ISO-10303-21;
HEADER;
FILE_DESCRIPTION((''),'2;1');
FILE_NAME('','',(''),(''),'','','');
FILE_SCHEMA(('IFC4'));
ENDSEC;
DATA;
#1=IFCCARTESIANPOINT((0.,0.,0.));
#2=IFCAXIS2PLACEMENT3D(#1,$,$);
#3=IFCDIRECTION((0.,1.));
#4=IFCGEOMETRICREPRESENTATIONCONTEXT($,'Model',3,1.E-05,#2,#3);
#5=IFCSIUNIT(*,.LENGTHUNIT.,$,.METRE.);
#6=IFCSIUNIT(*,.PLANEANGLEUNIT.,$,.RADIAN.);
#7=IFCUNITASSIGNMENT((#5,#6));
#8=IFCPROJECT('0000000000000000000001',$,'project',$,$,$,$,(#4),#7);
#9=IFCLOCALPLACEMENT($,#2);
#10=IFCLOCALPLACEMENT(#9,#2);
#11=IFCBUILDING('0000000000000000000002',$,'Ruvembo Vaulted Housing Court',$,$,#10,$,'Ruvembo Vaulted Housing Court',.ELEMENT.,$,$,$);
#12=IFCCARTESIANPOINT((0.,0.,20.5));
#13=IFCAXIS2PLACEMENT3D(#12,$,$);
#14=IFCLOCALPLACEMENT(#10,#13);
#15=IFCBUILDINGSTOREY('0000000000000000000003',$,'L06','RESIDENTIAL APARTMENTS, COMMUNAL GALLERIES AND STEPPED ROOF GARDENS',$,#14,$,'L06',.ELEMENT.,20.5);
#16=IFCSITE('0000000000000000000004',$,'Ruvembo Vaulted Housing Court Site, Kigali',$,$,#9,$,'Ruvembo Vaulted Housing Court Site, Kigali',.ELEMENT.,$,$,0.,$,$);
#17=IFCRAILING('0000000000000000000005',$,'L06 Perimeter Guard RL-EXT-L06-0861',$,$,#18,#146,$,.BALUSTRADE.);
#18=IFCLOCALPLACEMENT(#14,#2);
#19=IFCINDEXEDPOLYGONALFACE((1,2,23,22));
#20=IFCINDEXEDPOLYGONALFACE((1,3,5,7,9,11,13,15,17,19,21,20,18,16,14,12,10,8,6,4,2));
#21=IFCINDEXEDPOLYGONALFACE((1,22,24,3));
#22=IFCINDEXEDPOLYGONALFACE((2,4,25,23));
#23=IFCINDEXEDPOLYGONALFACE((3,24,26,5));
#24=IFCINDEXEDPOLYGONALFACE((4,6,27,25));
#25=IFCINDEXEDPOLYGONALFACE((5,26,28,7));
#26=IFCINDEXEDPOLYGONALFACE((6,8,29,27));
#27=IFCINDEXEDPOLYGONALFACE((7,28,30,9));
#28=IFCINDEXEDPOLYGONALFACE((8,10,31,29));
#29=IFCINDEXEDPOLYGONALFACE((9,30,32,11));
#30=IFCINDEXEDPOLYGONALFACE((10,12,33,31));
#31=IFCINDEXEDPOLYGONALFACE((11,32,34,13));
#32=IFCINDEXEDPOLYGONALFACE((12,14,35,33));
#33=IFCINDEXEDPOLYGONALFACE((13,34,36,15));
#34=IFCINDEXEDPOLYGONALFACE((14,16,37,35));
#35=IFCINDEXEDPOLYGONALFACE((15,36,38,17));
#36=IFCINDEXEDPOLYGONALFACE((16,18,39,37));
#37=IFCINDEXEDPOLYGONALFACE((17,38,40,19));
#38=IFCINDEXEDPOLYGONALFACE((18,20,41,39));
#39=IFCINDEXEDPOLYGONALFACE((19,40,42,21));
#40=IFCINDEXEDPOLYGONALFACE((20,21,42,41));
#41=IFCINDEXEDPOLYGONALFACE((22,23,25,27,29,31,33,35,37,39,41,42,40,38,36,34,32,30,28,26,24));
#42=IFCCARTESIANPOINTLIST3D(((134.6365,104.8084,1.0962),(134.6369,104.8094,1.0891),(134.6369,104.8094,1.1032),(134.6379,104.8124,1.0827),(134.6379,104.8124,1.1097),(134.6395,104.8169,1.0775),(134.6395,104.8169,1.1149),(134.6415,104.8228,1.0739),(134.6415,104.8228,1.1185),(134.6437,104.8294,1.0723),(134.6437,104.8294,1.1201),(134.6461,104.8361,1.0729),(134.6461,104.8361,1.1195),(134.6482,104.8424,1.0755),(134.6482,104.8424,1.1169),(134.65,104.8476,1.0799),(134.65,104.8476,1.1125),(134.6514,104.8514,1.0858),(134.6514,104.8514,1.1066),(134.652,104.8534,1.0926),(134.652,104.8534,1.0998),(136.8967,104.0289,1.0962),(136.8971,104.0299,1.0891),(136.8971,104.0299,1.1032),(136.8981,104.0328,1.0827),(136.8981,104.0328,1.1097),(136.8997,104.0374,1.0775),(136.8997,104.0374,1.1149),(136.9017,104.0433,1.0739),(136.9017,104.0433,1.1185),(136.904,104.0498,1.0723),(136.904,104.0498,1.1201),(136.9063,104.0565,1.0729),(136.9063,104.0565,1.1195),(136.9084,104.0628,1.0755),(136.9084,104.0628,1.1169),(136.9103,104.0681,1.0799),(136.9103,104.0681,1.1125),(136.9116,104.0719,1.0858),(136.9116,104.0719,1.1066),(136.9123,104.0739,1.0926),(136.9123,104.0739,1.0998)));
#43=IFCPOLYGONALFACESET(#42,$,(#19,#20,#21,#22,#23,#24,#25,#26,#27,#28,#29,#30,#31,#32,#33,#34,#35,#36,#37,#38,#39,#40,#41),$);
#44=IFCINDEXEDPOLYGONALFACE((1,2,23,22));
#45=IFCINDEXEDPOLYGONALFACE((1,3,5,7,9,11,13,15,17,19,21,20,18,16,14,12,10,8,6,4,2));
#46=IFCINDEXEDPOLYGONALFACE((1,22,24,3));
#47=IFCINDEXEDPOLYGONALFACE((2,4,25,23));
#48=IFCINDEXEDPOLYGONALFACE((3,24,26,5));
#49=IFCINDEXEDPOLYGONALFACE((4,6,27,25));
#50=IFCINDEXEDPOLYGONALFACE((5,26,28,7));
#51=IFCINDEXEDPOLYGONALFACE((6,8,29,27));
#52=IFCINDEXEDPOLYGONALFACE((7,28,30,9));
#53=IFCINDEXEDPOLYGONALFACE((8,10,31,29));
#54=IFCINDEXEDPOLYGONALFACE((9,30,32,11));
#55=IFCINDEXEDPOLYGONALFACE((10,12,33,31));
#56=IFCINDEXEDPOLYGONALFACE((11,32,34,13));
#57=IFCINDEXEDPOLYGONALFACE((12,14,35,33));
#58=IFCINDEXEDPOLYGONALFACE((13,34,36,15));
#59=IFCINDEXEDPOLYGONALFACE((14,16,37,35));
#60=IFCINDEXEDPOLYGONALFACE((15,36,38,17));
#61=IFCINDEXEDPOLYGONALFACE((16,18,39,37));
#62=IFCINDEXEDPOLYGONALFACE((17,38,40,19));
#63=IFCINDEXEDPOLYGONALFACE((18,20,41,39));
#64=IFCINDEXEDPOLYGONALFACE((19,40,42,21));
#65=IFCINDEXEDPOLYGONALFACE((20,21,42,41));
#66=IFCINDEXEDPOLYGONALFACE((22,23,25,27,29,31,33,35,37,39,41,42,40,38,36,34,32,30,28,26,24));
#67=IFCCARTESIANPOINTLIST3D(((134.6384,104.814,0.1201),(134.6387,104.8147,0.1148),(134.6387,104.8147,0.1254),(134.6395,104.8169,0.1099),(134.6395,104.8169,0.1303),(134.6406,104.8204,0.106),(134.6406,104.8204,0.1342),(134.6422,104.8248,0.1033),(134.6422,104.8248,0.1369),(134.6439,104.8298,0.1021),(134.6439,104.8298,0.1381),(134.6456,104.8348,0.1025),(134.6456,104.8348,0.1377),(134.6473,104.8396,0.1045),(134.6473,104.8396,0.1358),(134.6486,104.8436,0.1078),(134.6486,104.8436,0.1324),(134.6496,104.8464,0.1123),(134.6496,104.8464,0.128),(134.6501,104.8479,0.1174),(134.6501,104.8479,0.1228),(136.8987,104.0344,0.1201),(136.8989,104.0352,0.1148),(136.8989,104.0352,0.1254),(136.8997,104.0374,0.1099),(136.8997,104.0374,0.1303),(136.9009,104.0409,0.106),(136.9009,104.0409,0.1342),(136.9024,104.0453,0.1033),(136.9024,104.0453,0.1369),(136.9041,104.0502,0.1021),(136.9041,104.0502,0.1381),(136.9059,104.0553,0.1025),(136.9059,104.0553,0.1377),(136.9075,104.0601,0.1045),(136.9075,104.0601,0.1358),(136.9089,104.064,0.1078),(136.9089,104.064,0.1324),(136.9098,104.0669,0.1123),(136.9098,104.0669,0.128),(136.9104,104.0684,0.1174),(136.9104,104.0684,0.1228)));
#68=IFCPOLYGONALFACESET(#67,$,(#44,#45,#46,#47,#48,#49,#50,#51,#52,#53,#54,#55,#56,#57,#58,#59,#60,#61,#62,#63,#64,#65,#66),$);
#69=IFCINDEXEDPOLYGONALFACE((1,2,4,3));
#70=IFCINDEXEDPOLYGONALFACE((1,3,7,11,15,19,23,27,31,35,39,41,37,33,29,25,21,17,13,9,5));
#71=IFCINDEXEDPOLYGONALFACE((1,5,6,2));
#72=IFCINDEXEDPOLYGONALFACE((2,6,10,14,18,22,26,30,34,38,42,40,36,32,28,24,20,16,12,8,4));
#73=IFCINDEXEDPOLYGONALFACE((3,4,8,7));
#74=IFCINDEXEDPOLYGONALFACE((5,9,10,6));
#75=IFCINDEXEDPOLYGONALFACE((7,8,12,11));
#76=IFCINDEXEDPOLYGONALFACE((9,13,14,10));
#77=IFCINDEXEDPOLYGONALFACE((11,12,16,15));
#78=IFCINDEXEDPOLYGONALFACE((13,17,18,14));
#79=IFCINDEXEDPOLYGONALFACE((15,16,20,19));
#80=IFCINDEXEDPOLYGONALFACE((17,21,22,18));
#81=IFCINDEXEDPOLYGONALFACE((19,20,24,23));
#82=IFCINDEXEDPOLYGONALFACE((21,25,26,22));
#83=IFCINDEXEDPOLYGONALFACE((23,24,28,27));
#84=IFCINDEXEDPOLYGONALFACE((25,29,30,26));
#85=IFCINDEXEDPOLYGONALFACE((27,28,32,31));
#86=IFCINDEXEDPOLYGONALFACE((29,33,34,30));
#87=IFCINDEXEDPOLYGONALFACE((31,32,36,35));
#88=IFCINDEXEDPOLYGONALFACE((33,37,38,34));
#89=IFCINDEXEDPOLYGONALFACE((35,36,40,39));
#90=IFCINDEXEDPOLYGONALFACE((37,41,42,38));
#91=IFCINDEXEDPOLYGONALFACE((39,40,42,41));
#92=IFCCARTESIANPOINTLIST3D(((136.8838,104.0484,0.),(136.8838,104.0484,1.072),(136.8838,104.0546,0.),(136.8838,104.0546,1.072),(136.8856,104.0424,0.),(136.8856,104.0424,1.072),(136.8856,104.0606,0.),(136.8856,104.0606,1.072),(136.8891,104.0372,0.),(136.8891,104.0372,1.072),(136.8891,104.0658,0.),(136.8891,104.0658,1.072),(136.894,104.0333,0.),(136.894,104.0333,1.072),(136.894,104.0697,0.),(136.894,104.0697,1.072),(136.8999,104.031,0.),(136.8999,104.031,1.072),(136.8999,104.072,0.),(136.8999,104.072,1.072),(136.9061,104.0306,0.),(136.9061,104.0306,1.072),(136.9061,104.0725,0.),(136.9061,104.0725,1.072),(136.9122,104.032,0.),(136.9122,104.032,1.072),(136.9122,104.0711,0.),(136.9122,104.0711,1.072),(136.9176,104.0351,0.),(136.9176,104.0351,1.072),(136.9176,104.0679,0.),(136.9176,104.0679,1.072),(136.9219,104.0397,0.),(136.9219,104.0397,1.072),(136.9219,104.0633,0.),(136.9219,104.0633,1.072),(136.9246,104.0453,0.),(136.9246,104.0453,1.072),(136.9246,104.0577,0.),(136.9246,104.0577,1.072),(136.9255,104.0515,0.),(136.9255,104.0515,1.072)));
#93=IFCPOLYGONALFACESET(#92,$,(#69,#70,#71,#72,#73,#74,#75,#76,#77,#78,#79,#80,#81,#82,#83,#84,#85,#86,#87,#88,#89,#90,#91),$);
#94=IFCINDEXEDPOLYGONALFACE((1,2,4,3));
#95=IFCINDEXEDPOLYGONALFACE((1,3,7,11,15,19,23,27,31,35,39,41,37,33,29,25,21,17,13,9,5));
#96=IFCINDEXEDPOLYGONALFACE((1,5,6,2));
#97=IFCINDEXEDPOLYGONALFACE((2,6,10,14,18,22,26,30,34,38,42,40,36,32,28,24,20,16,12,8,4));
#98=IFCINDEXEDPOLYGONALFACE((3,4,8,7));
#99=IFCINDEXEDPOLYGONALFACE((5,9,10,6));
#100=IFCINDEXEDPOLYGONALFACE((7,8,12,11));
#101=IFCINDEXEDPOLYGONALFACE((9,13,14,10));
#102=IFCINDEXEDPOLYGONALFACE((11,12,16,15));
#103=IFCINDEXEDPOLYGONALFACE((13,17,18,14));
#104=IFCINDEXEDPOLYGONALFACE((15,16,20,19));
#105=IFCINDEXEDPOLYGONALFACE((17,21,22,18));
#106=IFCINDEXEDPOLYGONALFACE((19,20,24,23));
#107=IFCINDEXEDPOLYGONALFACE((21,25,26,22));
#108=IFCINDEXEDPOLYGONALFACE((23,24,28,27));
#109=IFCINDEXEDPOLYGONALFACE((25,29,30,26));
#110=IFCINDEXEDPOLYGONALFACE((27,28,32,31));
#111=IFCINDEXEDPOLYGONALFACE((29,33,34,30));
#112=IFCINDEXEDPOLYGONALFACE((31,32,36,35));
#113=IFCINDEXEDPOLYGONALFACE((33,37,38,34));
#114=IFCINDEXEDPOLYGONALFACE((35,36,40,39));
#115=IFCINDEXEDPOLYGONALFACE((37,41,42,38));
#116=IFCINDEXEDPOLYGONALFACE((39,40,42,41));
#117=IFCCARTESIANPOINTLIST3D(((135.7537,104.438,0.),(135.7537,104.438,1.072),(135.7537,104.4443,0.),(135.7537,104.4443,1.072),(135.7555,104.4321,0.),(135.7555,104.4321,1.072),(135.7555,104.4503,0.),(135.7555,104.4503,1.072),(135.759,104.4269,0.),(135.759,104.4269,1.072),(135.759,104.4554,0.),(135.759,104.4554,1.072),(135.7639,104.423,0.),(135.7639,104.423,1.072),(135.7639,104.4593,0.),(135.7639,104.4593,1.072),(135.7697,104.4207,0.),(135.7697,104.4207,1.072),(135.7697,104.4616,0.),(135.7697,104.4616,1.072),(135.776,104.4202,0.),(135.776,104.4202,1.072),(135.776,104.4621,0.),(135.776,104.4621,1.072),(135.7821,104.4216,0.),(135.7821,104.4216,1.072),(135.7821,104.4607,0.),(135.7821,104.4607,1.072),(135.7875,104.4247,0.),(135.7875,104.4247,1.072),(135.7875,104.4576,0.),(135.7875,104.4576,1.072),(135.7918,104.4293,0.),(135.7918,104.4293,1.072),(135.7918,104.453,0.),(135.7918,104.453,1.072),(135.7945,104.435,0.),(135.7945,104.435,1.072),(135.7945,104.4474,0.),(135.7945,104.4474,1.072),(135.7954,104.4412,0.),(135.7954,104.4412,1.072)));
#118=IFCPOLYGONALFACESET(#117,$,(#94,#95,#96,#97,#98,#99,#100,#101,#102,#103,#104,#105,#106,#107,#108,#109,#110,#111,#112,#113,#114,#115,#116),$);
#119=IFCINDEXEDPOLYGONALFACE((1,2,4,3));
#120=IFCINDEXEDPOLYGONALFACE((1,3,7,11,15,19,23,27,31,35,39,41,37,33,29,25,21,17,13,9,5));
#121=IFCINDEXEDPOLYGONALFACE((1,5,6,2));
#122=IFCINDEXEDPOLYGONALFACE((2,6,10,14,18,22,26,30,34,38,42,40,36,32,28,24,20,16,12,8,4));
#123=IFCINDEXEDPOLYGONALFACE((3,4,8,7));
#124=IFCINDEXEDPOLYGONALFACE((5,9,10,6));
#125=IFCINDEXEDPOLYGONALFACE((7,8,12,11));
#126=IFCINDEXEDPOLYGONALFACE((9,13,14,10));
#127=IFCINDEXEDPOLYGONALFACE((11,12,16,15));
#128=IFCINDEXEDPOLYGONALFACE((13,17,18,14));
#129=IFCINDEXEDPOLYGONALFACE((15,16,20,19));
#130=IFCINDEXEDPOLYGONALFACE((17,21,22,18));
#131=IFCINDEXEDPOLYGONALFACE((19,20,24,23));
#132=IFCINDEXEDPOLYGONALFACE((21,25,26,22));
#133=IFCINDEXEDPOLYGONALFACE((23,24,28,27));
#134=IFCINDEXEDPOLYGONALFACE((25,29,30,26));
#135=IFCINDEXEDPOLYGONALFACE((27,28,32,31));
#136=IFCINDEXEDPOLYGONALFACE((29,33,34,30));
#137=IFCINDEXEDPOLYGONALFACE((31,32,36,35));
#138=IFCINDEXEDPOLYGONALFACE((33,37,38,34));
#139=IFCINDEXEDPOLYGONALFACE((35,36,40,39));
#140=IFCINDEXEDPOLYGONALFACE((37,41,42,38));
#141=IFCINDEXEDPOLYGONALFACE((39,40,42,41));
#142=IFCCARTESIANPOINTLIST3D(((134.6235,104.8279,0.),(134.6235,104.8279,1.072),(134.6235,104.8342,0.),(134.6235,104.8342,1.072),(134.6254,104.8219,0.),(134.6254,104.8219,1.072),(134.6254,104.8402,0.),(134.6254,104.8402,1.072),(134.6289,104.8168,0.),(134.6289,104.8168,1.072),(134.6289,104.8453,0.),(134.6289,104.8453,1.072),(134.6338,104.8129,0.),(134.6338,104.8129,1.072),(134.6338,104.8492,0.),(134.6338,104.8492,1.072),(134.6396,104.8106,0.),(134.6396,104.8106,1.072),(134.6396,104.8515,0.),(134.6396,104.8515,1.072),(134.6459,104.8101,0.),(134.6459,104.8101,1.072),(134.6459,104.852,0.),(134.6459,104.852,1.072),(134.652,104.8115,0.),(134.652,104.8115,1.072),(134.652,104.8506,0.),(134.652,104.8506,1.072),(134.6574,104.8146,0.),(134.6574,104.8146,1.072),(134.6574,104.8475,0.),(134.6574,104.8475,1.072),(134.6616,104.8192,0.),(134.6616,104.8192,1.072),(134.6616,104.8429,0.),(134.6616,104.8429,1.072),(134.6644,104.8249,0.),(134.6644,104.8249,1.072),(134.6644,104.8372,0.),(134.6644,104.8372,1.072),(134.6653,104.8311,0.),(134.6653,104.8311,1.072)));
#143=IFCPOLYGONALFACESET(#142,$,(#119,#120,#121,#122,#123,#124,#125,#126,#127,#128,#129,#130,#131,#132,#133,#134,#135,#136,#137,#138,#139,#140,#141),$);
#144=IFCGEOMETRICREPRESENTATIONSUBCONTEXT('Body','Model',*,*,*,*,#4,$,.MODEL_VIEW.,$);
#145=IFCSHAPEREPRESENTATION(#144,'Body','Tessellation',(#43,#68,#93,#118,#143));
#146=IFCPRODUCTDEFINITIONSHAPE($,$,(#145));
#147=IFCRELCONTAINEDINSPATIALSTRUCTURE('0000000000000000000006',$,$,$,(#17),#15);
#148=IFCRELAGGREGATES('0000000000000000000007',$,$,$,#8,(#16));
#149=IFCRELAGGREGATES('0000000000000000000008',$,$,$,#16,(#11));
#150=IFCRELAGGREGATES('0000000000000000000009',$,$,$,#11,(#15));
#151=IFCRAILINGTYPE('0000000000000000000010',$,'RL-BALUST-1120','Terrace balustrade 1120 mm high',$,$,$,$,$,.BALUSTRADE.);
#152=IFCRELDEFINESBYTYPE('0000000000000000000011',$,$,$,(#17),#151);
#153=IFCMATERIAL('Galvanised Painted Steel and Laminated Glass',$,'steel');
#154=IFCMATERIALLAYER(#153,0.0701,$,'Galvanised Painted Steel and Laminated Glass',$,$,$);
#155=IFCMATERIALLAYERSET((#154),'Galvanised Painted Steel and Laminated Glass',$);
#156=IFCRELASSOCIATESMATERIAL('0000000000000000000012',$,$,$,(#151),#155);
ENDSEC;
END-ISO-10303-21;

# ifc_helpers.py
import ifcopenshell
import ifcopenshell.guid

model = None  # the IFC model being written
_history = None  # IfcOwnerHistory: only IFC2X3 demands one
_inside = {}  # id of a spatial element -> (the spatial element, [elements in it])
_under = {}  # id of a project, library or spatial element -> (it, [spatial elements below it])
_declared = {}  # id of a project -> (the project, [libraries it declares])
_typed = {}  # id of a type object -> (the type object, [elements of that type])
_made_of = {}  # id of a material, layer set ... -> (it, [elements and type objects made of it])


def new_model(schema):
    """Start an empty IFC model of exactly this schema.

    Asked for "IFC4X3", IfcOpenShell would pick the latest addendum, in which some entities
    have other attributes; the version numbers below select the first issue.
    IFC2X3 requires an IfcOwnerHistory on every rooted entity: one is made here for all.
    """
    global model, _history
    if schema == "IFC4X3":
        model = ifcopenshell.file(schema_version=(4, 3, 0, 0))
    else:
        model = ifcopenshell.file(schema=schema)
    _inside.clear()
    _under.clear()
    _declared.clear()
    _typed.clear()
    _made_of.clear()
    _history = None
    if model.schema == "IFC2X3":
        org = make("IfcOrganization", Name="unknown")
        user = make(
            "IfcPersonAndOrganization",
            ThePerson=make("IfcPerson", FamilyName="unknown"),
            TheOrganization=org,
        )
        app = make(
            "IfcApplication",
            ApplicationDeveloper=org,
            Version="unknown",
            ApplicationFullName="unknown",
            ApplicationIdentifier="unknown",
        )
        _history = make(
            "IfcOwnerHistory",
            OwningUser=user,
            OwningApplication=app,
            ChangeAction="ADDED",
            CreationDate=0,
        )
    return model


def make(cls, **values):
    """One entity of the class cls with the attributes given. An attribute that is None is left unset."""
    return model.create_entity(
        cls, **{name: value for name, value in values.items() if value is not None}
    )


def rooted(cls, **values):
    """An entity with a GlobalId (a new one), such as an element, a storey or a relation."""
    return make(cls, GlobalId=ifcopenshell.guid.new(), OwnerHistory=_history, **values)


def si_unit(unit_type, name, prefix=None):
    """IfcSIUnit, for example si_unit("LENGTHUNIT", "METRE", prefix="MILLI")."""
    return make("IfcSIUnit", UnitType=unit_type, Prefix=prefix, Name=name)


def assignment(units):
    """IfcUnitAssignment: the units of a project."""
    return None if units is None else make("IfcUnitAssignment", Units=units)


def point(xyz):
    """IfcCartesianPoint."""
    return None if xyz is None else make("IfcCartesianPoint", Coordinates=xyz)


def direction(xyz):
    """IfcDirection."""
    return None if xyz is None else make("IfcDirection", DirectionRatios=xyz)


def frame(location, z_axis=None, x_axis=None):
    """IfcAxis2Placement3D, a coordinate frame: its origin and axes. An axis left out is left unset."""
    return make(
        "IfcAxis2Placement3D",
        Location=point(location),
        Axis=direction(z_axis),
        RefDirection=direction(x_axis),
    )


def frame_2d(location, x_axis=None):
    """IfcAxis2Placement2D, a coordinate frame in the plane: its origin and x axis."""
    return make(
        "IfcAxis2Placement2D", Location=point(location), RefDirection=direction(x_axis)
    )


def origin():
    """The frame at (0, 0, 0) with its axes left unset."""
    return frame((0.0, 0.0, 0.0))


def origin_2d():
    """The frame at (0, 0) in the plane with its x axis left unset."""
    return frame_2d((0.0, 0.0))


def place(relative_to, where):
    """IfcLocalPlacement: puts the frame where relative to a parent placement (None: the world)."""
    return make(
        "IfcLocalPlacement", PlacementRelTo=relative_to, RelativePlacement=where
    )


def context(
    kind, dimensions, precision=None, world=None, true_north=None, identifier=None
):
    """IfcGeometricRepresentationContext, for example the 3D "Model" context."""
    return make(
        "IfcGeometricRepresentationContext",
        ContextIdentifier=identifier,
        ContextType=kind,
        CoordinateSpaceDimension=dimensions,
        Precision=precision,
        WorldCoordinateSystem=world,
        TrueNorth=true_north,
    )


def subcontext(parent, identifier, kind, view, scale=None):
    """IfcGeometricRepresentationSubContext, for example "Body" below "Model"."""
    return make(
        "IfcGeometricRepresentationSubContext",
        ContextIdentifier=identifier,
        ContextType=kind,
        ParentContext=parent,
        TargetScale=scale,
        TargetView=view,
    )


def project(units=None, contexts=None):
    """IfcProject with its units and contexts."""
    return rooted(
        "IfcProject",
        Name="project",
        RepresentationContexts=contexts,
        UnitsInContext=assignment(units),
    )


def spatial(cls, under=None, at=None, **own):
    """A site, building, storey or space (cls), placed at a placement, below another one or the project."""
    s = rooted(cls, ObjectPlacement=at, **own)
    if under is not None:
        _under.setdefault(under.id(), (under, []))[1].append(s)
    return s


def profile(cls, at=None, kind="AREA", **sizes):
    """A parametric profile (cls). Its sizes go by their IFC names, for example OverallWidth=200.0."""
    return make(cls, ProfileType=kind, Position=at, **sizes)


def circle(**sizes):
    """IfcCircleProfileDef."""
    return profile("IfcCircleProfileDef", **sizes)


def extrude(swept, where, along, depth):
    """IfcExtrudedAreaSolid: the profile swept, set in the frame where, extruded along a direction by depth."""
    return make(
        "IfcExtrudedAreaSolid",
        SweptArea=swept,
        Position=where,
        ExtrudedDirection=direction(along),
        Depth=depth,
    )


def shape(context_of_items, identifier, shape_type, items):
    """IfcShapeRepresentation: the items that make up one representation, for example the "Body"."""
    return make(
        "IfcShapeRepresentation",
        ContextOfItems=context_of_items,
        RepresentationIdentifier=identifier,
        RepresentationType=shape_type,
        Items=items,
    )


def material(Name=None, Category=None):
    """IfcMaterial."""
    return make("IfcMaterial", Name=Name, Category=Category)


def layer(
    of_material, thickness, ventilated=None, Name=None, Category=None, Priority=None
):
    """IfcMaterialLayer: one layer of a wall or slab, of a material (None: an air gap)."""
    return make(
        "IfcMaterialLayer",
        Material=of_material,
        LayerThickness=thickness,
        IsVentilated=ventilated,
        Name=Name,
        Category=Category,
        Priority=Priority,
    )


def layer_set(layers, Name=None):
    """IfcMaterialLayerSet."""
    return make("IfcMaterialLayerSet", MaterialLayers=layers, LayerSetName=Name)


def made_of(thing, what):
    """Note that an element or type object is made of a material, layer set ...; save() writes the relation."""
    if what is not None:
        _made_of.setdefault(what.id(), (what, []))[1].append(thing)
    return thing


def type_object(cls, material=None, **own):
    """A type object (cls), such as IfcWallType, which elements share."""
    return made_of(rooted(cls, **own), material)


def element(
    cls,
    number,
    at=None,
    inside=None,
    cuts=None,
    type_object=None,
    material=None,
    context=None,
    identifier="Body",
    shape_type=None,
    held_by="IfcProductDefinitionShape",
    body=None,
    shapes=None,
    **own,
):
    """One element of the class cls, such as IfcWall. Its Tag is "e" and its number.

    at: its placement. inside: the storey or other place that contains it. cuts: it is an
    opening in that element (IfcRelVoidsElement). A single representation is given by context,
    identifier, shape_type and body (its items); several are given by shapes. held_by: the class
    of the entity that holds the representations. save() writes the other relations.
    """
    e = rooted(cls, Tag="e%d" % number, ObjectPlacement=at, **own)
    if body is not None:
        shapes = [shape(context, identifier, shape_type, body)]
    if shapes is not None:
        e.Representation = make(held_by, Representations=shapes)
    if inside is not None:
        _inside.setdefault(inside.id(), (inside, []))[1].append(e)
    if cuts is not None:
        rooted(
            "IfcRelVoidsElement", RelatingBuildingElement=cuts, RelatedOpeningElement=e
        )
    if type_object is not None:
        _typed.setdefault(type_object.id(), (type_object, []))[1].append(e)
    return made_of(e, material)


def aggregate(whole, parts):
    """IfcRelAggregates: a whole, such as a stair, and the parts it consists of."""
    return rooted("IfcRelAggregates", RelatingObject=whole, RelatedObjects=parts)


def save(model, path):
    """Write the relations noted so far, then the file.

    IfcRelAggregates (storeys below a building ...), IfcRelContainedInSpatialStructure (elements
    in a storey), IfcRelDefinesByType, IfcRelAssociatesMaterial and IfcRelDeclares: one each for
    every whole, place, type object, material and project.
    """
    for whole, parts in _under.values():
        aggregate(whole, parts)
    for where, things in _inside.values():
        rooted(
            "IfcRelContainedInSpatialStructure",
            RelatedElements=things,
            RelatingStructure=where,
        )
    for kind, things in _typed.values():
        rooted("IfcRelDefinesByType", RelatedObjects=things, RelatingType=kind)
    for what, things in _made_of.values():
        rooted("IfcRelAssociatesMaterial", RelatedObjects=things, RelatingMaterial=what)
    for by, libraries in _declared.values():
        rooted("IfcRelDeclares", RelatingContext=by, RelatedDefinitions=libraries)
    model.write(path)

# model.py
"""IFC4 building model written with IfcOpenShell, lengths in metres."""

from ifc_helpers import new_model, si_unit, direction, frame, origin, origin_2d, place, context, subcontext, project, spatial, circle, extrude, material, layer, layer_set, type_object, element, save


model = new_model("IFC4")

# Units and contexts
model_context = context("Model", 3, precision=1e-05, world=origin(), true_north=direction((0.0, 1.0)))
body_context = subcontext(model_context, "Body", "Model", "MODEL_VIEW")
ifc_project = project(units=[si_unit("LENGTHUNIT", "METRE"), si_unit("PLANEANGLEUNIT", "RADIAN")], contexts=[model_context])

# Site, building, storey
site_placement = place(None, origin())
site = spatial("IfcSite", under=ifc_project, at=site_placement, Name="Ruvembo Vaulted Housing Court Site, Kigali", LongName="Ruvembo Vaulted Housing Court Site, Kigali", CompositionType="ELEMENT", RefElevation=0.0)
building_placement = place(site_placement, origin())
building = spatial("IfcBuilding", under=site, at=building_placement, Name="Ruvembo Vaulted Housing Court", LongName="Ruvembo Vaulted Housing Court", CompositionType="ELEMENT")
storey_placement = place(building_placement, frame((0.0, 0.0, 20.5)))
storey = spatial("IfcBuildingStorey", under=building, at=storey_placement, Name="L06", Description="RESIDENTIAL APARTMENTS, COMMUNAL GALLERIES AND STEPPED ROOF GARDENS", LongName="L06", CompositionType="ELEMENT", Elevation=20.5)

# Railing
ifc_material_1 = material(Name="Galvanised Painted Steel and Laminated Glass", Category="steel")
ifc_layer = layer(ifc_material_1, 0.0701, Name="Galvanised Painted Steel and Laminated Glass")
ifc_layer_set = layer_set([ifc_layer], Name="Galvanised Painted Steel and Laminated Glass")
railing_type = type_object("IfcRailingType", Name="RL-BALUST-1120", Description="Terrace balustrade 1120 mm high", PredefinedType="BALUSTRADE", material=ifc_layer_set)
railing_1_placement = place(storey_placement, frame((136.9045, 104.0515, 0.0)))
element("IfcRailing", 1, at=railing_1_placement, inside=storey, type_object=railing_type, Name="L06 Perimeter Guard RL-EXT-L06-0861", PredefinedType="BALUSTRADE", context=body_context, shape_type="SweptSolid", body=[
    extrude(circle(Radius=0.0239, at=origin_2d()), frame((0.0, 0.0, 1.0962), z_axis=(-0.945355, 0.326044, 0.0), x_axis=(-0.326044, -0.945355, 0.0)), (0.0, 0.0, 1.0), 2.3909),
    extrude(circle(Radius=0.0181, at=origin_2d()), frame((0.0, 0.0, 0.1201), z_axis=(-0.945355, 0.326044, 0.0), x_axis=(-0.326044, -0.945355, 0.0)), (0.0, 0.0, 1.0), 2.3909),
    extrude(circle(Radius=0.021, at=origin_2d()), origin(), (0.0, 0.0, 1.0), 1.072),
    extrude(circle(Radius=0.021, at=origin_2d()), frame((-1.1301, 0.3896, 0.0)), (0.0, 0.0, 1.0), 1.072),
    extrude(circle(Radius=0.021, at=origin_2d()), frame((-2.2603, 0.7795, 0.0)), (0.0, 0.0, 1.0), 1.072),
])

save(model, "model.ifc")
